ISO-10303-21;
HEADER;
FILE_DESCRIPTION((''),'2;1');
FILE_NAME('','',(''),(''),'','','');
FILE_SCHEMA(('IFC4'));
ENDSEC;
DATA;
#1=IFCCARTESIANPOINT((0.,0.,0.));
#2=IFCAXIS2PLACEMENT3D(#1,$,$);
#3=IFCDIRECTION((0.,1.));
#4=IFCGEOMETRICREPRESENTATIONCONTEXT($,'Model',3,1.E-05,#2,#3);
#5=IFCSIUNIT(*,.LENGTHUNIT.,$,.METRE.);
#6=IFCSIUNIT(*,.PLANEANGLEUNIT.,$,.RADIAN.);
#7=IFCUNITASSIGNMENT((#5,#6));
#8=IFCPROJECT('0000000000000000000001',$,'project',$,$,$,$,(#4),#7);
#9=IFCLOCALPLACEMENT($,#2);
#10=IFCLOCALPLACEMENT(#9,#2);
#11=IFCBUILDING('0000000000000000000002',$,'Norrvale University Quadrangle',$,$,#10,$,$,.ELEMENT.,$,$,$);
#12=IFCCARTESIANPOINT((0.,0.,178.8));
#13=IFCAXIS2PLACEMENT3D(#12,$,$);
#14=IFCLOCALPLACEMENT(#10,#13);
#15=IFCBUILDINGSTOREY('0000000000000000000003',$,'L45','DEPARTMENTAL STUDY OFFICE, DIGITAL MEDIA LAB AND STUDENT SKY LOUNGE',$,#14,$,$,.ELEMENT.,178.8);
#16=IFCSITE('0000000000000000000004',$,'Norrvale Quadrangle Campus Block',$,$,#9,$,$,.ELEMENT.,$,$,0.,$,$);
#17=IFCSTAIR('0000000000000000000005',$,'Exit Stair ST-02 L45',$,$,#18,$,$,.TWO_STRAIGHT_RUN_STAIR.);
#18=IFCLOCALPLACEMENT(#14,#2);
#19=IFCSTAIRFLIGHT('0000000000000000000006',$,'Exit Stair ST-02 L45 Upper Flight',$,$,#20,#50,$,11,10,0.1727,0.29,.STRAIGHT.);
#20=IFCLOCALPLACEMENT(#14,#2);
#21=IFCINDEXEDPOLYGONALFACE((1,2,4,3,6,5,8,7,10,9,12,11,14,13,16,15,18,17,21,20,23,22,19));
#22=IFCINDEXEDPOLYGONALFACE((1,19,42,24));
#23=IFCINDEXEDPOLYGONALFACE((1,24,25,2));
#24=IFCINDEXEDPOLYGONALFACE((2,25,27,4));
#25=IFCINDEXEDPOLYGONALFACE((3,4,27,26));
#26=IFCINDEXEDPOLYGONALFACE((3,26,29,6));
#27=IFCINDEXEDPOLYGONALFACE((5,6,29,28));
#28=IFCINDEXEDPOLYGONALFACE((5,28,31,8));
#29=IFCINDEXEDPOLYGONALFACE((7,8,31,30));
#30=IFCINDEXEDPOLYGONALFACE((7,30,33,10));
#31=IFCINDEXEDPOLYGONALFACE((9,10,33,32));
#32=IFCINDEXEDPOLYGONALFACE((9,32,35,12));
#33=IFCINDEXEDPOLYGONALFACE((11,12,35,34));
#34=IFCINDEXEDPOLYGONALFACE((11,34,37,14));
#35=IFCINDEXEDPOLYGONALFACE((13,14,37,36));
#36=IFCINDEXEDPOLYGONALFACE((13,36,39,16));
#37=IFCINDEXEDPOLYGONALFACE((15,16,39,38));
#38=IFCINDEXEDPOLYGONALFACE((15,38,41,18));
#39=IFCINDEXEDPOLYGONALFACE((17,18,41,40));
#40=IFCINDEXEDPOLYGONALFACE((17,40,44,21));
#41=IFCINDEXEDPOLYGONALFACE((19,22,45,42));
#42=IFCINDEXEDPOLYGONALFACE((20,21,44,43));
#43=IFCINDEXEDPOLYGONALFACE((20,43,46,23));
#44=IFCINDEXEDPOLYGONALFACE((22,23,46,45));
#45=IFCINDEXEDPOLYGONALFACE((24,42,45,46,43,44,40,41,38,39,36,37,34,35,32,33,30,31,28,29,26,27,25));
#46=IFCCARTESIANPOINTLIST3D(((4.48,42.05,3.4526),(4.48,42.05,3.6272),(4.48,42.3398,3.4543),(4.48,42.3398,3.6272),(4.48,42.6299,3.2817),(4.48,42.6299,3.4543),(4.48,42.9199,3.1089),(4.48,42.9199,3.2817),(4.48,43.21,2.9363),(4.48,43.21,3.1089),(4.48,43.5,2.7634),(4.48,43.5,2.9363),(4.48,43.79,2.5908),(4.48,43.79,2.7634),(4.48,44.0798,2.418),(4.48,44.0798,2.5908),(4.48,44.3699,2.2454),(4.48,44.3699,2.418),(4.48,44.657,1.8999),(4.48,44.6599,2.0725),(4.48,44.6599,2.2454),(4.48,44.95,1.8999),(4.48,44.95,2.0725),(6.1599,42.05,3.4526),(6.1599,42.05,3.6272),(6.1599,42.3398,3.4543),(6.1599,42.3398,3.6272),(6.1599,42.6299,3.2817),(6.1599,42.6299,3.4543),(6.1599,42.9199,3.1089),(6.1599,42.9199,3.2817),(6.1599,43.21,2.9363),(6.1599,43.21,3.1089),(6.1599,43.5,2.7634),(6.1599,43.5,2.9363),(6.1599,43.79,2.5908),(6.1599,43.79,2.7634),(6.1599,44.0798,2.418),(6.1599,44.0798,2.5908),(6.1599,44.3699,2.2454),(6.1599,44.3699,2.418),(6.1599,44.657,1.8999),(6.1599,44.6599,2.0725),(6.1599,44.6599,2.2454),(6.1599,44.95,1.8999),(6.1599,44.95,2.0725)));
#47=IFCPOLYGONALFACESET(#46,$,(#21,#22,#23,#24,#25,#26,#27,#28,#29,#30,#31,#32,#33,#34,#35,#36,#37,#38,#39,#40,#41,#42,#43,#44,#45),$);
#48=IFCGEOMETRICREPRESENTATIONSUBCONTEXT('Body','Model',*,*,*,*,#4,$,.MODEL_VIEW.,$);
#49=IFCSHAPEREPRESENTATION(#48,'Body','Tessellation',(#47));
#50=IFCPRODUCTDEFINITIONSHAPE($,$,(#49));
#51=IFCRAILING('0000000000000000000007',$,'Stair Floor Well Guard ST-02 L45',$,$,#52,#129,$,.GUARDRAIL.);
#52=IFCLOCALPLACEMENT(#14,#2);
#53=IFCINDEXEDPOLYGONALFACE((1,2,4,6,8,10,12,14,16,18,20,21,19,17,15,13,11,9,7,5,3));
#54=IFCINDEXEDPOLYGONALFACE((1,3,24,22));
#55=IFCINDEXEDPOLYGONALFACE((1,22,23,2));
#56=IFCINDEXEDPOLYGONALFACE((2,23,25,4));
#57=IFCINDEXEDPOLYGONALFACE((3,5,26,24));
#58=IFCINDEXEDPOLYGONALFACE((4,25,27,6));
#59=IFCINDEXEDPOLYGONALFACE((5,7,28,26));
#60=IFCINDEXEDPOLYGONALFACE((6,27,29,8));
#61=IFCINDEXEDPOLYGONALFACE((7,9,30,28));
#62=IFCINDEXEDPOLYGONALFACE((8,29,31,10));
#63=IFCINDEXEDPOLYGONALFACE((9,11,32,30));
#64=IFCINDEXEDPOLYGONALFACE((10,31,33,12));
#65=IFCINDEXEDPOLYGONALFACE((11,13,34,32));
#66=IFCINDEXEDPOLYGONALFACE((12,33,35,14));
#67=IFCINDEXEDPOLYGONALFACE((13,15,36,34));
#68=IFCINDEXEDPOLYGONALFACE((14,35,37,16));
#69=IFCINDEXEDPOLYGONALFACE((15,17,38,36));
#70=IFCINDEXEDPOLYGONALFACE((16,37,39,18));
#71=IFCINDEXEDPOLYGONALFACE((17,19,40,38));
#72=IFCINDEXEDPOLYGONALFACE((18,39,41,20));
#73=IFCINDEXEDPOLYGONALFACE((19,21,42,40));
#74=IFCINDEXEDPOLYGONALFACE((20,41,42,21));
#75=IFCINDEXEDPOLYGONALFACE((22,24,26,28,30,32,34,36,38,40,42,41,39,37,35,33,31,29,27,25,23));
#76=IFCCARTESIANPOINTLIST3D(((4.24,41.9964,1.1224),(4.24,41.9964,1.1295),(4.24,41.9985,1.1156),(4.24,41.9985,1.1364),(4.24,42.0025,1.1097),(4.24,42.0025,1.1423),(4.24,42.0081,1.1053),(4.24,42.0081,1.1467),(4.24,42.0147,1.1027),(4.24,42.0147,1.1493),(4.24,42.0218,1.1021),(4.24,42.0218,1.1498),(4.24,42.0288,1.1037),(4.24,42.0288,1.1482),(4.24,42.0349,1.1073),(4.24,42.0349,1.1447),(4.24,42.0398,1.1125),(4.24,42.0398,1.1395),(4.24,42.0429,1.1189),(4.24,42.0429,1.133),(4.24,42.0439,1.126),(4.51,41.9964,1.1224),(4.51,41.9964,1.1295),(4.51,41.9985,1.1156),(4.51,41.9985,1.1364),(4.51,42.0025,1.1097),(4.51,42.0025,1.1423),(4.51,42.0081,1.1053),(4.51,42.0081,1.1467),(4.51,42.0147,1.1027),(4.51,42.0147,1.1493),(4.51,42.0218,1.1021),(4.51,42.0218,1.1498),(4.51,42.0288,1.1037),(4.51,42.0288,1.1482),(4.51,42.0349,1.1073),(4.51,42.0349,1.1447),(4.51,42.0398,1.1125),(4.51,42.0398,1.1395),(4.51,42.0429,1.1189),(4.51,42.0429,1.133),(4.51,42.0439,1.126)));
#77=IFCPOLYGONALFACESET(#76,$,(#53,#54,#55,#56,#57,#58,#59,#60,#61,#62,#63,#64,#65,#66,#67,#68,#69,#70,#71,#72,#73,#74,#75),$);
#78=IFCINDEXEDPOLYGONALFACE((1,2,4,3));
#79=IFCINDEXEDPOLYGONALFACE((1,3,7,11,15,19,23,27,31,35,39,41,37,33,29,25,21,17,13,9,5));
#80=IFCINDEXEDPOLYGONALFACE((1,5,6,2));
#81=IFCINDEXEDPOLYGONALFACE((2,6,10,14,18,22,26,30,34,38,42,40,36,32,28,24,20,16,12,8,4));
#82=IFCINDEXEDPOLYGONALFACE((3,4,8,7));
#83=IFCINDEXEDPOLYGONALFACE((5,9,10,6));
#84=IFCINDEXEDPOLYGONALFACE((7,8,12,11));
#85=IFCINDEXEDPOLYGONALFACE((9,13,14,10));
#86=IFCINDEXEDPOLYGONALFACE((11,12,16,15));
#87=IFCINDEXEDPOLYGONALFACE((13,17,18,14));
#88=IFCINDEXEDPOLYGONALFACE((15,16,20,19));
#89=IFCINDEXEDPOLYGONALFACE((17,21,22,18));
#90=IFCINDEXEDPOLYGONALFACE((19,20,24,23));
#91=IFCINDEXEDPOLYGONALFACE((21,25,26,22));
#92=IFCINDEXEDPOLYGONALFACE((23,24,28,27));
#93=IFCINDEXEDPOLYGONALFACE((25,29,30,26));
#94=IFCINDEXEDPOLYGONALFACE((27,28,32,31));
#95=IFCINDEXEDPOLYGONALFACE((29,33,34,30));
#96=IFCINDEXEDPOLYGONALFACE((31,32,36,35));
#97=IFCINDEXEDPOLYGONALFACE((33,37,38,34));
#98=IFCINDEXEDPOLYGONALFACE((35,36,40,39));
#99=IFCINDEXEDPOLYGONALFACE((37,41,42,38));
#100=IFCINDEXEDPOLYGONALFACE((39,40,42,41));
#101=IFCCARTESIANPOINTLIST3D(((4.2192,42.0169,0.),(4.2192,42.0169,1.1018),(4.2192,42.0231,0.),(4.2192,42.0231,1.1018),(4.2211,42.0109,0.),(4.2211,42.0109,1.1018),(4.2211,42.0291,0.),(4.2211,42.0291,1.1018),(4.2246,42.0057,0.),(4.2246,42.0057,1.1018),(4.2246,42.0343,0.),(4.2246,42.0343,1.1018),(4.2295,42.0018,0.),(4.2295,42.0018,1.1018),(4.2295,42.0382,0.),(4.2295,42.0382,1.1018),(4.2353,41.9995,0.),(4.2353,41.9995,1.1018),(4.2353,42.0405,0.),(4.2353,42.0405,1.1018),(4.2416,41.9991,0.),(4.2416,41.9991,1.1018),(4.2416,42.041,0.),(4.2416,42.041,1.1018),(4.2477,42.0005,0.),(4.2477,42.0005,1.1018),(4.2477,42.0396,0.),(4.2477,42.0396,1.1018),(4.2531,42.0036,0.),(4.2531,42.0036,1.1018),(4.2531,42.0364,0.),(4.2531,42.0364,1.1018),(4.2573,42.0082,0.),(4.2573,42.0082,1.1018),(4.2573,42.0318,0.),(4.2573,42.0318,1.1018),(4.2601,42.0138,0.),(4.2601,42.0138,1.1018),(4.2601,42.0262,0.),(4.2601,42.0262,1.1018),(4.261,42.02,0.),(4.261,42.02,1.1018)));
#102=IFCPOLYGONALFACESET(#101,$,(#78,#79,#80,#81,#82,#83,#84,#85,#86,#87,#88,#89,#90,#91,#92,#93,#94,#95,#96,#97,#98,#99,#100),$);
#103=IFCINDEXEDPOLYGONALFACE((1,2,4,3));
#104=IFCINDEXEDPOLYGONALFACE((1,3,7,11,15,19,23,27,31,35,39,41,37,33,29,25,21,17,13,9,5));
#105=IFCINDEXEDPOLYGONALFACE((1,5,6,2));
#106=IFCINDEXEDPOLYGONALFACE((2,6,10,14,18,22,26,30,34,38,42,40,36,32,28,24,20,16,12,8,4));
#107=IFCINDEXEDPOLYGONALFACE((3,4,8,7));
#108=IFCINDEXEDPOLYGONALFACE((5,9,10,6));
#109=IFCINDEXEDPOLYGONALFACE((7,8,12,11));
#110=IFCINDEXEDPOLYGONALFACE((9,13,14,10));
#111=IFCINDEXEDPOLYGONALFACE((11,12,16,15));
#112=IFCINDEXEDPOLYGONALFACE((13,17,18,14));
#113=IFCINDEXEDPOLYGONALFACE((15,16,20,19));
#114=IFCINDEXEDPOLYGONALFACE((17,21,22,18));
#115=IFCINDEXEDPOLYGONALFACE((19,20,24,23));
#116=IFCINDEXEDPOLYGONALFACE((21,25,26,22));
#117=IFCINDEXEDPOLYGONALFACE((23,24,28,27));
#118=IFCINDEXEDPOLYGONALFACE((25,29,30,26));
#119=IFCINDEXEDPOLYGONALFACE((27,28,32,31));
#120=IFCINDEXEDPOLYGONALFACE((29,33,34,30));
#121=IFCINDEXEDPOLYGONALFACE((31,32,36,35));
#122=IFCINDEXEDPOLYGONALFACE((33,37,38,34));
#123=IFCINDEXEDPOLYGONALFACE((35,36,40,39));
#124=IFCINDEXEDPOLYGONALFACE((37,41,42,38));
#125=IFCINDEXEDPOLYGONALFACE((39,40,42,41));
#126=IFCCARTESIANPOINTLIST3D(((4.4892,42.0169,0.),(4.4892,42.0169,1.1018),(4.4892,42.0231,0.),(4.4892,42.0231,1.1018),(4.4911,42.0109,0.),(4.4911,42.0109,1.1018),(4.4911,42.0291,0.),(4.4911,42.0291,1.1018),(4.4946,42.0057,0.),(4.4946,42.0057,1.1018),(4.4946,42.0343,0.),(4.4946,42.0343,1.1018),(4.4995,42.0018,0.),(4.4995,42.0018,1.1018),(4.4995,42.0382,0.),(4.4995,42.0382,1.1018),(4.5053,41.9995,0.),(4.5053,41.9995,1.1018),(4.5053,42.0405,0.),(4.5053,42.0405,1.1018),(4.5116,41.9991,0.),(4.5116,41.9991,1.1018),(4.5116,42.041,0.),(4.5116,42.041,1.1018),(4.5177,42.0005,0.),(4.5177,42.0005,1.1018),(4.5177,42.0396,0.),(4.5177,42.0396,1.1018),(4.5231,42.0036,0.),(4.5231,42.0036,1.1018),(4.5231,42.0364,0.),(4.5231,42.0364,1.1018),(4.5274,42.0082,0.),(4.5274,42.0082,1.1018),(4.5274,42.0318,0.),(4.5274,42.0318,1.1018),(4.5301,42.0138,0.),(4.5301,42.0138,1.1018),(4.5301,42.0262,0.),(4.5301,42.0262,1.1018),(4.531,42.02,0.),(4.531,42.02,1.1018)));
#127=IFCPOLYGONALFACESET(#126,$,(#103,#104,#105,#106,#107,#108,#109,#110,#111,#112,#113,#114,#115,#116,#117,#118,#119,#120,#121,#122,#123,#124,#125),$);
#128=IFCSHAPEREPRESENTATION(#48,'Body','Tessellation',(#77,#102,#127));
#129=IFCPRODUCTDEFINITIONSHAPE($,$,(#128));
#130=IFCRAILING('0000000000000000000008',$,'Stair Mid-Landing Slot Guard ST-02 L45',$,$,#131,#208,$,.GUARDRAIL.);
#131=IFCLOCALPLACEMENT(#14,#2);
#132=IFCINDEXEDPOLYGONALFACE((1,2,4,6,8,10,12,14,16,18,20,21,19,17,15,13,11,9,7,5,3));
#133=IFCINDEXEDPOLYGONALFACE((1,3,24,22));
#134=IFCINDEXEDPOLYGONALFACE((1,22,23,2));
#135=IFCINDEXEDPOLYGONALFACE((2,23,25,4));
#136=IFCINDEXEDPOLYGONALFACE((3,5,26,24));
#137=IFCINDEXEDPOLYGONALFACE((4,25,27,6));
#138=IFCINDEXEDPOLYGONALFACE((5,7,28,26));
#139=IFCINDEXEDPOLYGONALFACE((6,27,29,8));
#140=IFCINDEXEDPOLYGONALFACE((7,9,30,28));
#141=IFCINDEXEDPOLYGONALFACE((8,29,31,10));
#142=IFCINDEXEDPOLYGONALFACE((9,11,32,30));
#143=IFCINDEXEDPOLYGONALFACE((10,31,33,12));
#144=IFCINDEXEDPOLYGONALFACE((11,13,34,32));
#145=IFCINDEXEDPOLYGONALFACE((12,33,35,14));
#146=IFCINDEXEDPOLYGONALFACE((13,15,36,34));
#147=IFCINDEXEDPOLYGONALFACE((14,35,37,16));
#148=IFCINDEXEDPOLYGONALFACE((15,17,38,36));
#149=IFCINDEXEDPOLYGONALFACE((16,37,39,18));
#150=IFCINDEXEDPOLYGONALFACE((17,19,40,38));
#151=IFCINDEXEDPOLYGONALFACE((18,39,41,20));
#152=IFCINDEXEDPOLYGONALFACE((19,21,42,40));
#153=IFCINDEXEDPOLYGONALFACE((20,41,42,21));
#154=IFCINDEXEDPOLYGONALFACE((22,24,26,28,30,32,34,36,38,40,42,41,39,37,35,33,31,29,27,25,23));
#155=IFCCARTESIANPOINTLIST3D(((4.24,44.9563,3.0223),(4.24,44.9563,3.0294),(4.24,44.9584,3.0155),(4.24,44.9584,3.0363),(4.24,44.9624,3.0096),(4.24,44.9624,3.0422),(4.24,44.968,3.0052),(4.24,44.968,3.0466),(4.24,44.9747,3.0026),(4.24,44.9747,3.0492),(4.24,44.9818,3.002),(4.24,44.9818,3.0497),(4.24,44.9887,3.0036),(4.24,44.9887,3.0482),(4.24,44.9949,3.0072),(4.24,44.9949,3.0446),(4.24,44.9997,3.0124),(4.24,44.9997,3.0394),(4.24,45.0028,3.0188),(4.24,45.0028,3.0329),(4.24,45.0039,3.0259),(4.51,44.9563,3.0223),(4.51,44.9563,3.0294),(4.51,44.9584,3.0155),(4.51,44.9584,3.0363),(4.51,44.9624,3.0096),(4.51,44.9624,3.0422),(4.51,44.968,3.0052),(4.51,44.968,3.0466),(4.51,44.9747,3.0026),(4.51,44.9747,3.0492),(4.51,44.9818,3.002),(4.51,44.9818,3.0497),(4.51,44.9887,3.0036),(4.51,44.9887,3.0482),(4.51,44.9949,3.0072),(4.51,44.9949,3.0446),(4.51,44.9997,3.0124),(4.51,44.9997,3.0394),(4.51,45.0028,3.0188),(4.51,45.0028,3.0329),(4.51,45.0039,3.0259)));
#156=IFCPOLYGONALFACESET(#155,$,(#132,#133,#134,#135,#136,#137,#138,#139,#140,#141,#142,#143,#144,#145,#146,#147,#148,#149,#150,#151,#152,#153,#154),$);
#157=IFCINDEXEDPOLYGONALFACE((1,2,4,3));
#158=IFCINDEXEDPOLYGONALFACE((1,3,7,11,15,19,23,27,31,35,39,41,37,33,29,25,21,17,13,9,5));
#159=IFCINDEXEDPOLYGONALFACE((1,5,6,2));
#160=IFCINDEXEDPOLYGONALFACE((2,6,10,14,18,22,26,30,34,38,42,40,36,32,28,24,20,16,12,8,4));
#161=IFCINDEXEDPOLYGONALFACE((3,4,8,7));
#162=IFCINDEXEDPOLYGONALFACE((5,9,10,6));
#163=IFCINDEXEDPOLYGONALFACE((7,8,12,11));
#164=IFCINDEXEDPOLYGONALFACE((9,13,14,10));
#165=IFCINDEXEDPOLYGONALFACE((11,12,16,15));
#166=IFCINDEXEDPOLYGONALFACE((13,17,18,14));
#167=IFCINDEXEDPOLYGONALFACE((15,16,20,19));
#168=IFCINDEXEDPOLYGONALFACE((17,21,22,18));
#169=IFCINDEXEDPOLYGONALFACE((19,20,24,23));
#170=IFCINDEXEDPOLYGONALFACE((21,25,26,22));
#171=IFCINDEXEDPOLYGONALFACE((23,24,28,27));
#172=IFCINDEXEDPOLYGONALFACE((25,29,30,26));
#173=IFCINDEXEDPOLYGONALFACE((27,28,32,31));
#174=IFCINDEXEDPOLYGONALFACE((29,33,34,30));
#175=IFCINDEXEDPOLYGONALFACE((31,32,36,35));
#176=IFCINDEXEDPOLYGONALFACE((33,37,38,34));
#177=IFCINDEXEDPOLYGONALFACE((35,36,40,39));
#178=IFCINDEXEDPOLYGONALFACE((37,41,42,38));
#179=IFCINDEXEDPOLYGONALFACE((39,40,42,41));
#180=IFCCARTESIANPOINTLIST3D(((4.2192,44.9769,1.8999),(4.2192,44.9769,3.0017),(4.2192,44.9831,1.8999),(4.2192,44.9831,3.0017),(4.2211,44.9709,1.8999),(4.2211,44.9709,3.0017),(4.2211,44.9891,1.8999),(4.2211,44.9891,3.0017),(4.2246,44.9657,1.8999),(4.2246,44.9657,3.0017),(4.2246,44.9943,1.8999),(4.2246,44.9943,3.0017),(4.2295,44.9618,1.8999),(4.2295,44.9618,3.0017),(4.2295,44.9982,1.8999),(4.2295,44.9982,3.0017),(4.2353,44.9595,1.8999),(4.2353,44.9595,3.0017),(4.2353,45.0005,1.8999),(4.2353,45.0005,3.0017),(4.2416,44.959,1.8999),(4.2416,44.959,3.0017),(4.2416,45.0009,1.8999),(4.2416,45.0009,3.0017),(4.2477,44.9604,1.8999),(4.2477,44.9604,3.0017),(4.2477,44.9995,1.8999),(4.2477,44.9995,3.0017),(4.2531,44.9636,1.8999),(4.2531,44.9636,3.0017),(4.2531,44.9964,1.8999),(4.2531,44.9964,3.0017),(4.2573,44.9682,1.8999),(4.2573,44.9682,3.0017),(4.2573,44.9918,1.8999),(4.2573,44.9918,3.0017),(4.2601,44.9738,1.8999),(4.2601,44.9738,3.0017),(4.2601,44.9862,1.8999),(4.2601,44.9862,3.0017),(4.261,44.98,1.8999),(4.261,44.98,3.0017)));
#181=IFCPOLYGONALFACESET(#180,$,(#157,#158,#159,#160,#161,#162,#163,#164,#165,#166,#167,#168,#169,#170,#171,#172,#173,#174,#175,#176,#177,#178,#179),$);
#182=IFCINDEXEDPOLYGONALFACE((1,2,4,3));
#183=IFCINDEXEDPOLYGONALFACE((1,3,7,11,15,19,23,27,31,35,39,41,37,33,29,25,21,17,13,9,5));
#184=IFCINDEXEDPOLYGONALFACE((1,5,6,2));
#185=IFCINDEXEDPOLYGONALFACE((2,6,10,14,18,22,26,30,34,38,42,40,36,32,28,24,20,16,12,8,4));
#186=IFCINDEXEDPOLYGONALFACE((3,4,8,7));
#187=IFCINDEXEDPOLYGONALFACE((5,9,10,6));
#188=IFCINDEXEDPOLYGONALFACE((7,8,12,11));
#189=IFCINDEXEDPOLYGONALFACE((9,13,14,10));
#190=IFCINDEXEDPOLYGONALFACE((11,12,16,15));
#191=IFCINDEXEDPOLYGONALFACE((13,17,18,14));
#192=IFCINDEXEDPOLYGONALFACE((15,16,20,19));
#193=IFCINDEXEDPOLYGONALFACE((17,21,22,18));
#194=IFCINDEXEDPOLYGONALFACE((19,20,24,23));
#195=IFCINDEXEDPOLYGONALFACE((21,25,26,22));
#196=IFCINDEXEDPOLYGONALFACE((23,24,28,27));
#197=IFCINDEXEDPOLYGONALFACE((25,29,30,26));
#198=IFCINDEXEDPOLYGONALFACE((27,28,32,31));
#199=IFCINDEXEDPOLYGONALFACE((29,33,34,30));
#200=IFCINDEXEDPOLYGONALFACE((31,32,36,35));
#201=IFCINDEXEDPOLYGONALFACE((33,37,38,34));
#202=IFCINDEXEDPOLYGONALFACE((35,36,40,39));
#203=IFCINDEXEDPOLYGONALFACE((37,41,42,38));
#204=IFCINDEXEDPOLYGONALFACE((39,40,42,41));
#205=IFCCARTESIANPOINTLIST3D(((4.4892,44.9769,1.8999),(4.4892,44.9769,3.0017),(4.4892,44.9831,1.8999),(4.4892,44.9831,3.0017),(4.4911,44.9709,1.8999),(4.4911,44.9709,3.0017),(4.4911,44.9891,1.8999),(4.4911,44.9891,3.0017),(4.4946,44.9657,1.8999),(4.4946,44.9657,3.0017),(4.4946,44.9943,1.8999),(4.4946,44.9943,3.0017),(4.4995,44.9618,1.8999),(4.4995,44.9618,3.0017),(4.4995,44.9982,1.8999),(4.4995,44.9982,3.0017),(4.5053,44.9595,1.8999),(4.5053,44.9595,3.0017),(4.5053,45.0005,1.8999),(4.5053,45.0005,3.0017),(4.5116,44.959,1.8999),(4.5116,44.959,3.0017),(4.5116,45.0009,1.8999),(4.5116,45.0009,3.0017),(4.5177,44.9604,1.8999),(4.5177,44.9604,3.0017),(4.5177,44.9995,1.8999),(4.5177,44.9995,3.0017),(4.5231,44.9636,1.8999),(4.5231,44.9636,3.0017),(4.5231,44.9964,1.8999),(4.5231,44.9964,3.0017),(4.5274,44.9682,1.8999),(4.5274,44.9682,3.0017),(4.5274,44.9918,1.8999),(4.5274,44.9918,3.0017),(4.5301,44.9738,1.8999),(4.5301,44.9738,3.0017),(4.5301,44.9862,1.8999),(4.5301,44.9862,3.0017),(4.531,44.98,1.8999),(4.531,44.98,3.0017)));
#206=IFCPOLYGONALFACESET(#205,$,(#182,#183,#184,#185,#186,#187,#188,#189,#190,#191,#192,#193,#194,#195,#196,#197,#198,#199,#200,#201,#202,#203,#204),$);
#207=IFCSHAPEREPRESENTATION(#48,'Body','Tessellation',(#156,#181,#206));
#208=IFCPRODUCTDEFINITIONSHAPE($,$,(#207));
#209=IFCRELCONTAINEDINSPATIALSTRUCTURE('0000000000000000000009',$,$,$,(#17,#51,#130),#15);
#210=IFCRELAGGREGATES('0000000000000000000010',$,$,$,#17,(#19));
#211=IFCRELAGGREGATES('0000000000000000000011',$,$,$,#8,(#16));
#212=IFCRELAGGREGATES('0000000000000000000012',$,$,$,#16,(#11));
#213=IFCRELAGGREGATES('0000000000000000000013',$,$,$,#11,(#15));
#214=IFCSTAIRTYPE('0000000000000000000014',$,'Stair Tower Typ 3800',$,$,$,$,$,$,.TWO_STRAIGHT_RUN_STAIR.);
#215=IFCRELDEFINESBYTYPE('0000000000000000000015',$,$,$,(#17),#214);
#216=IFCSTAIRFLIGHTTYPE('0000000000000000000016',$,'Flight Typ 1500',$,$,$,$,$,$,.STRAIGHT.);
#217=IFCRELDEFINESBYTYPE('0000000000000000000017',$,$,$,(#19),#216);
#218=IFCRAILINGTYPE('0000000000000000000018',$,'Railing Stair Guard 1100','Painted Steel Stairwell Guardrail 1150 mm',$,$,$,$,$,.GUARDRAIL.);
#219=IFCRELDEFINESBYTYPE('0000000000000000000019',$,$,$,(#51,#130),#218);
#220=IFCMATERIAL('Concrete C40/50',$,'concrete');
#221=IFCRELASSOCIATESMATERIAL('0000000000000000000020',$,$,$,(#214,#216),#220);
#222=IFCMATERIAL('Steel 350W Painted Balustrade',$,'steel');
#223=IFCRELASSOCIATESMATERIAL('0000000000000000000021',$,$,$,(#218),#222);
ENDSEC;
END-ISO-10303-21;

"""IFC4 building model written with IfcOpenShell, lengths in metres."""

from ifc_helpers import new_model, si_unit, direction, frame, origin, origin_2d, place, context, subcontext, project, spatial, polyline, circle, outline, extrude, material, type_object, element, aggregate, save


model = new_model("IFC4")

# Units and contexts
model_context = context("Model", 3, precision=1e-05, world=origin(), true_north=direction((0.0, 1.0)))
body_context = subcontext(model_context, "Body", "Model", "MODEL_VIEW")
ifc_project = project(units=[si_unit("LENGTHUNIT", "METRE"), si_unit("PLANEANGLEUNIT", "RADIAN")], contexts=[model_context])

# Site, building, storey
site_placement = place(None, origin())
site = spatial("IfcSite", under=ifc_project, at=site_placement, Name="Norrvale Quadrangle Campus Block", CompositionType="ELEMENT", RefElevation=0.0)
building_placement = place(site_placement, origin())
building = spatial("IfcBuilding", under=site, at=building_placement, Name="Norrvale University Quadrangle", CompositionType="ELEMENT")
storey_placement = place(building_placement, frame((0.0, 0.0, 178.8)))
storey = spatial("IfcBuildingStorey", under=building, at=storey_placement, Name="L45", Description="DEPARTMENTAL STUDY OFFICE, DIGITAL MEDIA LAB AND STUDENT SKY LOUNGE", CompositionType="ELEMENT", Elevation=178.8)

# Stair, stair flight
ifc_material_1 = material(Name="Concrete C40/50", Category="concrete")
stair_type = type_object("IfcStairType", Name="Stair Tower Typ 3800", PredefinedType="TWO_STRAIGHT_RUN_STAIR", material=ifc_material_1)
stair_placement = place(storey_placement, origin())
stair = element("IfcStair", 1, at=stair_placement, inside=storey, type_object=stair_type, Name="Exit Stair ST-02 L45", PredefinedType="TWO_STRAIGHT_RUN_STAIR")
stair_flight_type = type_object("IfcStairFlightType", Name="Flight Typ 1500", PredefinedType="STRAIGHT", material=ifc_material_1)
stair_flight_1_placement = place(storey_placement, frame((5.3201, 44.95, 1.8999), z_axis=(0.0, 0.0, 1.0), x_axis=(0.0, -1.0, 0.0)))
stair_flight_1 = element("IfcStairFlight", 2, at=stair_flight_1_placement, type_object=stair_flight_type, Name="Exit Stair ST-02 L45 Upper Flight", NumberOfRisers=11, NumberOfTreads=10, PredefinedType="STRAIGHT", RiserHeight=0.1727, TreadLength=0.29, context=body_context, shape_type="SweptSolid", body=[
    extrude(outline(polyline([(0.0, 0.0), (0.0, 0.1726), (0.29, 0.1726), (0.29, 0.3455), (0.5801, 0.3455), (0.5801, 0.5181), (0.8701, 0.5181), (0.8701, 0.6909), (1.1599, 0.6909), (1.1599, 0.8635), (1.45, 0.8635), (1.45, 1.0364), (1.74, 1.0364), (1.74, 1.209), (2.03, 1.209), (2.03, 1.3818), (2.3201, 1.3818), (2.3201, 1.5544), (2.6101, 1.5544), (2.6101, 1.7273), (2.8999, 1.7273), (2.8999, 1.8999), (2.8999, 1.5527), (0.293, 0.0), (0.0, 0.0)])), frame((0.0, 0.8398, 0.0), z_axis=(0.0, -1.0, 0.0), x_axis=(1.0, 0.0, 0.0)), (0.0, 0.0, 1.0), 1.6799),
])
aggregate(stair, [stair_flight_1])

# Railings
ifc_material_2 = material(Name="Steel 350W Painted Balustrade", Category="steel")
railing_type_1 = type_object("IfcRailingType", Name="Railing Stair Guard 1100", Description="Painted Steel Stairwell Guardrail 1150 mm", PredefinedType="GUARDRAIL", material=ifc_material_2)
for number, where, name in (
    (3, (4.24, 42.02, 0.0), "Stair Floor Well Guard ST-02 L45"),
    (4, (4.24, 44.98, 1.8999), "Stair Mid-Landing Slot Guard ST-02 L45"),
):
    element("IfcRailing", number, at=place(storey_placement, frame(where)), inside=storey, type_object=railing_type_1, Name=name, PredefinedType="GUARDRAIL", context=body_context, shape_type="SweptSolid", body=[
        extrude(circle(Radius=0.0239, at=origin_2d()), frame((0.0, 0.0, 1.126), z_axis=(1.0, 0.0, 0.0), x_axis=(0.0, 1.0, 0.0)), (0.0, 0.0, 1.0), 0.27),
        extrude(circle(Radius=0.021, at=origin_2d()), origin(), (0.0, 0.0, 1.0), 1.1018),
        extrude(circle(Radius=0.021, at=origin_2d()), frame((0.27, 0.0, 0.0)), (0.0, 0.0, 1.0), 1.1018),
    ])

save(model, "model.ifc")
